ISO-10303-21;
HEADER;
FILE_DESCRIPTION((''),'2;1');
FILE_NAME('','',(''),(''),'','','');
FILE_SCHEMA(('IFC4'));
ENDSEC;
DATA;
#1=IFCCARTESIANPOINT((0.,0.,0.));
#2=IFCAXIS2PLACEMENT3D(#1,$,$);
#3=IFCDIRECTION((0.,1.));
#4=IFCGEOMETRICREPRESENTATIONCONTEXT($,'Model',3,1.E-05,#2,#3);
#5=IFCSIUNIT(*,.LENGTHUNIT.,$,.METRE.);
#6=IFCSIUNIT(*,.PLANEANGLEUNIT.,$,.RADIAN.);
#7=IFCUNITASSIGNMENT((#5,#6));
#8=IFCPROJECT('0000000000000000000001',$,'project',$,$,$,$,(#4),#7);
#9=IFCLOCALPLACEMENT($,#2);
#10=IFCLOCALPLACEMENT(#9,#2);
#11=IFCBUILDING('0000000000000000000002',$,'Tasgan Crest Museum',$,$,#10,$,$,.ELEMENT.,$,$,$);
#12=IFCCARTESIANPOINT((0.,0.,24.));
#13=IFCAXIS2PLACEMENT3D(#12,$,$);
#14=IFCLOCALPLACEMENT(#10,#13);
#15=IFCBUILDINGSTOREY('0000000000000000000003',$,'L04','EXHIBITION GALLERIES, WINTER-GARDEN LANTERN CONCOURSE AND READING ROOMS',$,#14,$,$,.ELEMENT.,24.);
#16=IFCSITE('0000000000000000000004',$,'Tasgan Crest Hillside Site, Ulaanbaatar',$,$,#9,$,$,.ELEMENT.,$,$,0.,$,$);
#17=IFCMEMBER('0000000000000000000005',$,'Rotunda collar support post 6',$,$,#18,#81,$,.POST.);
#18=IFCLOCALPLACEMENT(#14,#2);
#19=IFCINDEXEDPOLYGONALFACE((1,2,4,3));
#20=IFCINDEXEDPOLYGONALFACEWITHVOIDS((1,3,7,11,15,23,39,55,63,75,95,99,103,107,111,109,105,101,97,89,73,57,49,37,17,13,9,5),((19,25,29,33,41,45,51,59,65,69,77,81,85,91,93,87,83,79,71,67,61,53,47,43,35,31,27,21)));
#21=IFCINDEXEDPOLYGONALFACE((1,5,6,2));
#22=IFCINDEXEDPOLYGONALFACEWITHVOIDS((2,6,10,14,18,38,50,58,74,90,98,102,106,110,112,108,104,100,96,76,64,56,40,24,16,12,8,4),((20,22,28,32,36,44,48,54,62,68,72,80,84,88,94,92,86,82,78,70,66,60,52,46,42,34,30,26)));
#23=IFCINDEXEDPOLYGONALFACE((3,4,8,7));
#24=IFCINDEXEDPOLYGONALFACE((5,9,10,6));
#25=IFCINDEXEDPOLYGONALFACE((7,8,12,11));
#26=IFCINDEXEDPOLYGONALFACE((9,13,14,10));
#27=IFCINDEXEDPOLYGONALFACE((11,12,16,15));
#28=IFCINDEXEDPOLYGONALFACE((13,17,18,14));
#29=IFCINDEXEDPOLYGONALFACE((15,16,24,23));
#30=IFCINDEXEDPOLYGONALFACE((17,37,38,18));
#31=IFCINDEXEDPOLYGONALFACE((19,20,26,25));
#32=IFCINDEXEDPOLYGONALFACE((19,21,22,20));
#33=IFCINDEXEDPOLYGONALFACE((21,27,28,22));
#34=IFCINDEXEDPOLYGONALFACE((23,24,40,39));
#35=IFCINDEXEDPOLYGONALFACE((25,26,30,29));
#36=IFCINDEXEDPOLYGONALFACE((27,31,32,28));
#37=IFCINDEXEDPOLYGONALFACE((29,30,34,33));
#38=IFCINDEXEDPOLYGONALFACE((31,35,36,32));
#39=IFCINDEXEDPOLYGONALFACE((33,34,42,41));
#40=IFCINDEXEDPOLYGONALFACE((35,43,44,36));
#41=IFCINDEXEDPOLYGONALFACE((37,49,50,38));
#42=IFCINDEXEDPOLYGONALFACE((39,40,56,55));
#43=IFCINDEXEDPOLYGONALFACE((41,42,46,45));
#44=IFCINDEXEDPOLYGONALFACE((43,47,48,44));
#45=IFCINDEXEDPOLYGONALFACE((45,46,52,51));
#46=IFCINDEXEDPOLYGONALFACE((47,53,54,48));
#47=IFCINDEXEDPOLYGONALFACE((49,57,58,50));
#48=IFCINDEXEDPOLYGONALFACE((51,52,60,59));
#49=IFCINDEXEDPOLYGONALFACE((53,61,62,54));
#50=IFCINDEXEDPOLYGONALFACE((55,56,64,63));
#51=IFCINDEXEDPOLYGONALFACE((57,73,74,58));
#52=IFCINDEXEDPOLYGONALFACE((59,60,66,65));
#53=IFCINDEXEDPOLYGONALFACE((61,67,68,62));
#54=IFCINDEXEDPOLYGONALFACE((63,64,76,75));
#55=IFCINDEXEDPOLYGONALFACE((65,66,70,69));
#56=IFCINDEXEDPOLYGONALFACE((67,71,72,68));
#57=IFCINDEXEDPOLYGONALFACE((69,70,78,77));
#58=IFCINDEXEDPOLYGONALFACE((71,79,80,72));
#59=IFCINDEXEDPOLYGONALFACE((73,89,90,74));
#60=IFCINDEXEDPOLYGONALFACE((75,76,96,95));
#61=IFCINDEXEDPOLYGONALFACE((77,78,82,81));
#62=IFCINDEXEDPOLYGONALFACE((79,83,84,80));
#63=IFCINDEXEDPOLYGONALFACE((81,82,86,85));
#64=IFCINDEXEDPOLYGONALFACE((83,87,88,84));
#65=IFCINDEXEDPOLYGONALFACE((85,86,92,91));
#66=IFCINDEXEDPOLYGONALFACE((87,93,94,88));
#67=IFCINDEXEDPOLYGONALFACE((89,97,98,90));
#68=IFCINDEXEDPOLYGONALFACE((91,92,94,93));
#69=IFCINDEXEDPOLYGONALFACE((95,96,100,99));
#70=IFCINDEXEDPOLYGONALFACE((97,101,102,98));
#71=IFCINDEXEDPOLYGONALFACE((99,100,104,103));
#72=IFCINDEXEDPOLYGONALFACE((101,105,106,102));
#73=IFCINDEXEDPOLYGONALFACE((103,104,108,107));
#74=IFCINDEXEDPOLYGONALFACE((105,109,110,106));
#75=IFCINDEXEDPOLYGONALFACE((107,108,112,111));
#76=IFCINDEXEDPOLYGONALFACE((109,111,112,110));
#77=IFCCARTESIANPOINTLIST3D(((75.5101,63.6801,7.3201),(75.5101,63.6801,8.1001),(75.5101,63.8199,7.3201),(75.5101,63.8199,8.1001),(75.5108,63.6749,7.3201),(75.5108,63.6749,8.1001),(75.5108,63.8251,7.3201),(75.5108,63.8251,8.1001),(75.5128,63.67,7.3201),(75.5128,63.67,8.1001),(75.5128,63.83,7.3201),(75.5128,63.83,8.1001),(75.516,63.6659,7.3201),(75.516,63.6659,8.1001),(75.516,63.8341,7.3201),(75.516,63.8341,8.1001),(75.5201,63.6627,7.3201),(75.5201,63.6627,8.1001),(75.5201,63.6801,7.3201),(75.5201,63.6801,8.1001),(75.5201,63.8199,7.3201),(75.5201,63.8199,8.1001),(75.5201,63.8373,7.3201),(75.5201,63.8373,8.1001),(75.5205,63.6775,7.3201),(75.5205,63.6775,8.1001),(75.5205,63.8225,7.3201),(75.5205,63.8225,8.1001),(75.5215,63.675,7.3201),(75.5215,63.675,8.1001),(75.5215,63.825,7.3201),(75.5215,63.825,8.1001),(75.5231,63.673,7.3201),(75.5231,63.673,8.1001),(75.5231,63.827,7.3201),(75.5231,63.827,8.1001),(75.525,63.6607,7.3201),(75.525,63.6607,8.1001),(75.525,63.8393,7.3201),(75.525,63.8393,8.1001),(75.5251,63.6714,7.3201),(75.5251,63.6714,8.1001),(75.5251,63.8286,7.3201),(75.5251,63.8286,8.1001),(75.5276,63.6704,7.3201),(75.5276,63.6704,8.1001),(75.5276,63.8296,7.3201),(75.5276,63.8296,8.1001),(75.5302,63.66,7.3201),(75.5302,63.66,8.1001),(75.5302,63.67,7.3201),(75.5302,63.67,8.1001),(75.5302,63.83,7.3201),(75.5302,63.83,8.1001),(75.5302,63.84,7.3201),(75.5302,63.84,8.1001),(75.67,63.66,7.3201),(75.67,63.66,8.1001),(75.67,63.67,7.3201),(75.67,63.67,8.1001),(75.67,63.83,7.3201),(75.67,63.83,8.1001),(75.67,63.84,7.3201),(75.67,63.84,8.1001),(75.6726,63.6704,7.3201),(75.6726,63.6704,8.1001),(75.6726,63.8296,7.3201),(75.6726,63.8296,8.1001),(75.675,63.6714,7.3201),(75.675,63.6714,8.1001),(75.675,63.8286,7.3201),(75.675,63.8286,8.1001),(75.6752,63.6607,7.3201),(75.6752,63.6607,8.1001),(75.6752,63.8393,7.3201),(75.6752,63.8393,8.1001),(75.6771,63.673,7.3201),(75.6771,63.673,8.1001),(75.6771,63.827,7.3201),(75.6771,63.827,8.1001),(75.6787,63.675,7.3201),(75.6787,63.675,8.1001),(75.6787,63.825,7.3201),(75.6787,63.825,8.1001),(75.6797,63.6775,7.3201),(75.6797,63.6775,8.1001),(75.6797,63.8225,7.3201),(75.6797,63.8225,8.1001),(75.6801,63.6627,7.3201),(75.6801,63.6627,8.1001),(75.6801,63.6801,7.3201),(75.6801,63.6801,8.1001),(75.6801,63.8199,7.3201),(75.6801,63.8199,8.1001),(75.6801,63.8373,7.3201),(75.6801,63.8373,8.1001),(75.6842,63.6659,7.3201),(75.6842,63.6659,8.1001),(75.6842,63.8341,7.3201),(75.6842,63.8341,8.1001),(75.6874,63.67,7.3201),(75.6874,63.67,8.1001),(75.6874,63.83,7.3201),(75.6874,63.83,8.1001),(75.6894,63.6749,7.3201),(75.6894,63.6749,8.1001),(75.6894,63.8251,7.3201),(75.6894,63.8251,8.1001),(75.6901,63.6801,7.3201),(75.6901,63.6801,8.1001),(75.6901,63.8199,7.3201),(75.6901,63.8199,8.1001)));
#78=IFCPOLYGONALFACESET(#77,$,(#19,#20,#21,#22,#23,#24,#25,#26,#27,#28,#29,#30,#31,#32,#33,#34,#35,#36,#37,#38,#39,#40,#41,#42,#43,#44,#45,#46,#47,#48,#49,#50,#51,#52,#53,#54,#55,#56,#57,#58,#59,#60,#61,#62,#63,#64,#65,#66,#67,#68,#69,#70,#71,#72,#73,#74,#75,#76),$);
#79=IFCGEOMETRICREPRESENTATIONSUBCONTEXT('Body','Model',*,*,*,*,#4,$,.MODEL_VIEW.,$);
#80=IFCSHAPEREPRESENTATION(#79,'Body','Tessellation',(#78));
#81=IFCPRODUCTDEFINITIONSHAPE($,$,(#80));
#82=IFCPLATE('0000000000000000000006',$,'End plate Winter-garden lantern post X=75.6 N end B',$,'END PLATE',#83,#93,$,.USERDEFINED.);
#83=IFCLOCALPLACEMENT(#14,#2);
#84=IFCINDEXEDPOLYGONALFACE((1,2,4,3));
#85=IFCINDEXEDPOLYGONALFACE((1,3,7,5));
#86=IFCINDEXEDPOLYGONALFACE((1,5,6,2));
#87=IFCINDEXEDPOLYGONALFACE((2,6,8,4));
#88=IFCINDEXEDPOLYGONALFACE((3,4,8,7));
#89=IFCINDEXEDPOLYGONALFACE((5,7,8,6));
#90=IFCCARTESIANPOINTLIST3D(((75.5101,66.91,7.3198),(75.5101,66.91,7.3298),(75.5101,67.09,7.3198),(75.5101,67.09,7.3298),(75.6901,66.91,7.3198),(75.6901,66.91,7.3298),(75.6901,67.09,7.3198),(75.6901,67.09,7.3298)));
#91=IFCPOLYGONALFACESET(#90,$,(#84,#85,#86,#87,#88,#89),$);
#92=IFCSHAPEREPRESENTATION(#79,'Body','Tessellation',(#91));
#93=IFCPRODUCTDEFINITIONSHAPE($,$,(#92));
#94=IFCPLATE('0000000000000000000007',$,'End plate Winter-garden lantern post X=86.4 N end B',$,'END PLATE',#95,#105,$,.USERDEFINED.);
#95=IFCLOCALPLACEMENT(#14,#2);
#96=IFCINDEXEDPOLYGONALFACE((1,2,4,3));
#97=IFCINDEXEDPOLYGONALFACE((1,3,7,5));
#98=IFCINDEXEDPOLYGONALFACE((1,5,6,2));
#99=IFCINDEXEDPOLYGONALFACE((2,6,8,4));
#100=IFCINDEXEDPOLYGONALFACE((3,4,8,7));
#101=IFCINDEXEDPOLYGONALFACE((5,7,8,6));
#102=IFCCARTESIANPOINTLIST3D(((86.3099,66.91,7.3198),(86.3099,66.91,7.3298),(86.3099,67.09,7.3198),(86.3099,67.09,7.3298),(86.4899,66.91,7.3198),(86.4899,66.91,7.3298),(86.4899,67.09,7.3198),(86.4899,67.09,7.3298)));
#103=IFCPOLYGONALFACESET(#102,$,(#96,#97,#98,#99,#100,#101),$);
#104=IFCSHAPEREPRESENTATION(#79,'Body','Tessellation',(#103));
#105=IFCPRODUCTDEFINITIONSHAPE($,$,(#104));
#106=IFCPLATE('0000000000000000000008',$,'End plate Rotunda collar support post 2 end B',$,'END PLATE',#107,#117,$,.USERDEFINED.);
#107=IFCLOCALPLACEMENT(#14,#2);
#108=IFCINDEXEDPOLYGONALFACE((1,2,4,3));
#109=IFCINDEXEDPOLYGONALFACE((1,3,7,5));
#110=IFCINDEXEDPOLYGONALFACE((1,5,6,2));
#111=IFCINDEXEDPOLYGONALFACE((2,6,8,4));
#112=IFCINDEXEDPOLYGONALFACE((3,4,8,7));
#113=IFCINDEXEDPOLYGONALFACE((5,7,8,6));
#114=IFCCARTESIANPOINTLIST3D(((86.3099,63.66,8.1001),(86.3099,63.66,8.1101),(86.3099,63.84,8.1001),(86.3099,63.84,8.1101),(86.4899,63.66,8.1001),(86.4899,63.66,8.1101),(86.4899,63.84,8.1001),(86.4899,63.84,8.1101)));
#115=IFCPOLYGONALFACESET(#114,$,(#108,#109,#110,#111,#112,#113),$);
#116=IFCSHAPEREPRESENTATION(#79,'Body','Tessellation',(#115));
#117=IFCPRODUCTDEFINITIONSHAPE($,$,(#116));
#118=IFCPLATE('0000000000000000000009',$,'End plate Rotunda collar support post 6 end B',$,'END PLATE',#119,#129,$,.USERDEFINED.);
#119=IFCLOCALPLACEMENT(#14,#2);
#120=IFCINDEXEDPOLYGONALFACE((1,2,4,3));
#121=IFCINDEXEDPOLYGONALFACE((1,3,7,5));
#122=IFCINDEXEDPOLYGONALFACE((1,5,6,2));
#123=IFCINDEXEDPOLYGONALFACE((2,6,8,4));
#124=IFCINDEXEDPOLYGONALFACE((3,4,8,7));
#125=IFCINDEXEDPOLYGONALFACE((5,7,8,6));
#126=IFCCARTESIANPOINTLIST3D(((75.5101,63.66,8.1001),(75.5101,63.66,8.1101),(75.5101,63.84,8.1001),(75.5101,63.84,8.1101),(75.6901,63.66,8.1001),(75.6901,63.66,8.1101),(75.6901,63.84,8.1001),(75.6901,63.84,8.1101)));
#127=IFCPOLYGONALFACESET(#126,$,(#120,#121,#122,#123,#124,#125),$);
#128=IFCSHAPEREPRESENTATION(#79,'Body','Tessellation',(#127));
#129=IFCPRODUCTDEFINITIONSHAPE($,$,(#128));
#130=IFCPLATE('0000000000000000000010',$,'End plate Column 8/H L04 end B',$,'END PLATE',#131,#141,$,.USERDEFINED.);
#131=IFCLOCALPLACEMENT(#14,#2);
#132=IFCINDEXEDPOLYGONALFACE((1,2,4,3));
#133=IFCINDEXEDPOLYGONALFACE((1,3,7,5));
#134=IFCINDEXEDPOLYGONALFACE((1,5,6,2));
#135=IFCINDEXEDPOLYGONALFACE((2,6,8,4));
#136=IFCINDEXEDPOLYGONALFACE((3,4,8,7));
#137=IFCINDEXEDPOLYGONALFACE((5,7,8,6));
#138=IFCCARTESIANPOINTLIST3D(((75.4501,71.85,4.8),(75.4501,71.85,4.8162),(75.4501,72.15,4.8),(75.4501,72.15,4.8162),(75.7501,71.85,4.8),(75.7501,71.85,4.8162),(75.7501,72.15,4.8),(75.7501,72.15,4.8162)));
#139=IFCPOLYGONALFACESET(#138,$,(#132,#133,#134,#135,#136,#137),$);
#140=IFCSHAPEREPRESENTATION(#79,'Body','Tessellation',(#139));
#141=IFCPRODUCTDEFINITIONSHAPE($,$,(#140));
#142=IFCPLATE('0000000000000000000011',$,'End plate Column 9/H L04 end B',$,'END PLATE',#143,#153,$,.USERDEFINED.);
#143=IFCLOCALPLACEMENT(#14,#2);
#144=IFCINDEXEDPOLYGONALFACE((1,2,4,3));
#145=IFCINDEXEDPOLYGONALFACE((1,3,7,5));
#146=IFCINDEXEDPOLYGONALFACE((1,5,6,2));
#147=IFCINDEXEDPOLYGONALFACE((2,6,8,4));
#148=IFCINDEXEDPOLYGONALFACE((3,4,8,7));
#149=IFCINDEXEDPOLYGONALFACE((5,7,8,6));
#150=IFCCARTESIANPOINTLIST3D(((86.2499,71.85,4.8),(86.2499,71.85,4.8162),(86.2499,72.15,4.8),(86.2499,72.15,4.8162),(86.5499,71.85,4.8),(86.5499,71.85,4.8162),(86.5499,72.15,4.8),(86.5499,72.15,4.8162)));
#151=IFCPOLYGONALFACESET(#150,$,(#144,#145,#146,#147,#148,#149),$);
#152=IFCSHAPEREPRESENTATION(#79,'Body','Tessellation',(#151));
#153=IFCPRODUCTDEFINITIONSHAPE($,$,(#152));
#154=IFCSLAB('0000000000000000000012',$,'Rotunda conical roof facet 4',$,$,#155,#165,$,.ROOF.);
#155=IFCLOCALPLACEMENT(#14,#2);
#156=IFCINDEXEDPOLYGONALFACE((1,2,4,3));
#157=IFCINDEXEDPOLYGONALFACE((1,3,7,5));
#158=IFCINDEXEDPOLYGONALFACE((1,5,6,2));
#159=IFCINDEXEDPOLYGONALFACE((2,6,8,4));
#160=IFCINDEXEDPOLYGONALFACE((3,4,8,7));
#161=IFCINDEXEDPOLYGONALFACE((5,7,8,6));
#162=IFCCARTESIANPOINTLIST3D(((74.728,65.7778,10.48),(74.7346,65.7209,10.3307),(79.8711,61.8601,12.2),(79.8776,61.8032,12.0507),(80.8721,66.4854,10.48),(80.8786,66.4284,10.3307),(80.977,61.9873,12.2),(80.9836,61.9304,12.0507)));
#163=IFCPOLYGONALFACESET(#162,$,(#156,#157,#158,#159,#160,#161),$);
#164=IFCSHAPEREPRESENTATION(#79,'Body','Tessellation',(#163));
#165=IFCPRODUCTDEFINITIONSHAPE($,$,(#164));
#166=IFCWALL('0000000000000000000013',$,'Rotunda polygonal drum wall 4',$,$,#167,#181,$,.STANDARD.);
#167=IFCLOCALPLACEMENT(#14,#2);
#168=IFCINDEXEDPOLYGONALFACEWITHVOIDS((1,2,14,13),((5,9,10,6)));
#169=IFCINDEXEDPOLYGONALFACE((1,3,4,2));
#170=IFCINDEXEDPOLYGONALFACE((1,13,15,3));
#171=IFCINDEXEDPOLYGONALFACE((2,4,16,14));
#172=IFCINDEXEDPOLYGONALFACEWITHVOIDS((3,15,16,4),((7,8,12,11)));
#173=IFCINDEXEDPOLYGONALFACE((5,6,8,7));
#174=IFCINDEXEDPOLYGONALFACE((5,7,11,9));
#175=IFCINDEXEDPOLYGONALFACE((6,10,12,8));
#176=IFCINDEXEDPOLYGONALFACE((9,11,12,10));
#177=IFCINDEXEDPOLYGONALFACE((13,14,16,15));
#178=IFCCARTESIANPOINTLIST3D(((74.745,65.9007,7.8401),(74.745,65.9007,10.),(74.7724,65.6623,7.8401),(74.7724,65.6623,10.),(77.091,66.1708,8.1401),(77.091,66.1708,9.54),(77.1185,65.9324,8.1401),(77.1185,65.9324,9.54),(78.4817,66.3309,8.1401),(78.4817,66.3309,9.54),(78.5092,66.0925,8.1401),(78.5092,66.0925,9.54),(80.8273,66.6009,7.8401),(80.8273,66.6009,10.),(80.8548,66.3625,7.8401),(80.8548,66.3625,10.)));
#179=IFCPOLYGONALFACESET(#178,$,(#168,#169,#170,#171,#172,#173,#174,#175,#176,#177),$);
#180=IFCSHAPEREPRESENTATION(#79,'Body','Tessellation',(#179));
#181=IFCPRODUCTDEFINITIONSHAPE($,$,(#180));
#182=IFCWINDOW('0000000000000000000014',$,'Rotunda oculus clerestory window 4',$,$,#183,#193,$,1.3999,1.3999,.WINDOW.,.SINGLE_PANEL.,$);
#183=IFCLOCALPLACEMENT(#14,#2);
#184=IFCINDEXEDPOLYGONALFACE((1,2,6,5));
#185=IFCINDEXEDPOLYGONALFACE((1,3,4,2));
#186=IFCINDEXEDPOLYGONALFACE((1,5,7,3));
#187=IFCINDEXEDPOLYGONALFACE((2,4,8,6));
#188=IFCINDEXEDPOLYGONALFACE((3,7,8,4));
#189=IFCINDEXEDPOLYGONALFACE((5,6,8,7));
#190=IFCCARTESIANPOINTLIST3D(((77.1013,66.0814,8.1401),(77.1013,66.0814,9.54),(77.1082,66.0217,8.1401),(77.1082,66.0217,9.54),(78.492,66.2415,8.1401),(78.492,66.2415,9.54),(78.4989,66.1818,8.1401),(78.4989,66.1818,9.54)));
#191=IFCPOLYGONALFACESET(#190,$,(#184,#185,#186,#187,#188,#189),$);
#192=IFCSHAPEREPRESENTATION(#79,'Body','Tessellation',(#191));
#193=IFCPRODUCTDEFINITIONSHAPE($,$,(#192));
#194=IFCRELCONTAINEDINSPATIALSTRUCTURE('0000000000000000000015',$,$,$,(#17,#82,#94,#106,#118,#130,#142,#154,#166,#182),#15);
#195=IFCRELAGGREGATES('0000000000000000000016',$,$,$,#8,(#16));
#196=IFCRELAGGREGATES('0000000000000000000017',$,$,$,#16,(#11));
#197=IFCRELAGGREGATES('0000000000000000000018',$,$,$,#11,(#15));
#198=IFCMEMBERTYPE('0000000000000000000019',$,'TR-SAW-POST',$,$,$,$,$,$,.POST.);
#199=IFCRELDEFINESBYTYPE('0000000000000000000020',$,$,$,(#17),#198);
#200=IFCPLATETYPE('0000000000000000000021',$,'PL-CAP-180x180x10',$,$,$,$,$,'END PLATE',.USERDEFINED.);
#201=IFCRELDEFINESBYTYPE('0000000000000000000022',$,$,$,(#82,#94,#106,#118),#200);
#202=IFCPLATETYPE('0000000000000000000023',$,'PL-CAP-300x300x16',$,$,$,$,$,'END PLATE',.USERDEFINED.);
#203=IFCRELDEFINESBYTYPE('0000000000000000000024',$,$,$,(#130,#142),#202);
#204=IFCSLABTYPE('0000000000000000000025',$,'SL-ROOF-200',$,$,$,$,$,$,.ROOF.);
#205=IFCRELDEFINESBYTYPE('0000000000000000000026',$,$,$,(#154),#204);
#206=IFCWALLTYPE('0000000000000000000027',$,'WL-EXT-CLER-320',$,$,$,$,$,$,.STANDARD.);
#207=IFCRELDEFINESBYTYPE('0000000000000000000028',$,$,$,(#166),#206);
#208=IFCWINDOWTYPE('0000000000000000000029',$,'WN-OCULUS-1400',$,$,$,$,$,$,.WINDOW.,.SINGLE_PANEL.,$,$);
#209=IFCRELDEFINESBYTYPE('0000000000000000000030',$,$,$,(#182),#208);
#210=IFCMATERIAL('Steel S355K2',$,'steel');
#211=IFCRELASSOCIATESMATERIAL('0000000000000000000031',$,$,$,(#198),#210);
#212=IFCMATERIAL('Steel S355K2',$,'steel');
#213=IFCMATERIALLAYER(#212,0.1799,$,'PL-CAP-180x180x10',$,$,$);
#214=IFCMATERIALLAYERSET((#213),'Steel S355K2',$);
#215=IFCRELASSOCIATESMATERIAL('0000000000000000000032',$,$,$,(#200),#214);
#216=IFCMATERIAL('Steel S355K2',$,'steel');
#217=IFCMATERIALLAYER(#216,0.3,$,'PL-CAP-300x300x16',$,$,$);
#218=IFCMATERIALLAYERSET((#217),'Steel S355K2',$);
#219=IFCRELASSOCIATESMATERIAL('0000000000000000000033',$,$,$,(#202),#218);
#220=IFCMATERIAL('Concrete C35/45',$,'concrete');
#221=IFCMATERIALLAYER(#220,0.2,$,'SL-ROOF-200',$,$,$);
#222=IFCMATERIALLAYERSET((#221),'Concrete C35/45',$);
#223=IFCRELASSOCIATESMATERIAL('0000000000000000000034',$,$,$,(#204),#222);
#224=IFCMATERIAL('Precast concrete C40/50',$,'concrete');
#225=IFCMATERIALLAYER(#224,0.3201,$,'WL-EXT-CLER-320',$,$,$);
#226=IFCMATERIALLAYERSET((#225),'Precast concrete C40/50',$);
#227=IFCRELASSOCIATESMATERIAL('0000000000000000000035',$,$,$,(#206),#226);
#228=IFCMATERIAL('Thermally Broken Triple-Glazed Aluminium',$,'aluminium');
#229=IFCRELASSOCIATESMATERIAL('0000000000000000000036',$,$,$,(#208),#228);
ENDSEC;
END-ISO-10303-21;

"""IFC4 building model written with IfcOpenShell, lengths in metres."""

from ifc_helpers import new_model, si_unit, direction, frame, frame_2d, origin, origin_2d, place, context, subcontext, project, spatial, polyline, rectangle, hollow_rectangle, outline, extrude, material, layer, layer_set, material_profile, profile_set, type_object, element, fill, save


model = new_model("IFC4")

# Units and contexts
model_context = context("Model", 3, precision=1e-05, world=origin(), true_north=direction((0.0, 1.0)))
body_context = subcontext(model_context, "Body", "Model", "MODEL_VIEW")
ifc_project = project(units=[si_unit("LENGTHUNIT", "METRE"), si_unit("PLANEANGLEUNIT", "RADIAN")], contexts=[model_context])

# Site, building, storey
site_placement = place(None, origin())
site = spatial("IfcSite", under=ifc_project, at=site_placement, Name="Tasgan Crest Hillside Site, Ulaanbaatar", CompositionType="ELEMENT", RefElevation=0.0)
building_placement = place(site_placement, origin())
building = spatial("IfcBuilding", under=site, at=building_placement, Name="Tasgan Crest Museum", CompositionType="ELEMENT")
storey_placement = place(building_placement, frame((0.0, 0.0, 24.0)))
storey = spatial("IfcBuildingStorey", under=building, at=storey_placement, Name="L04", Description="EXHIBITION GALLERIES, WINTER-GARDEN LANTERN CONCOURSE AND READING ROOMS", CompositionType="ELEMENT", Elevation=24.0)

# Member
ifc_material_1 = material(Name="Steel S355K2", Category="steel")
ifc_material_profile_1 = material_profile(ifc_material_1, hollow_rectangle(XDim=0.1799, YDim=0.1799, WallThickness=0.01, InnerFilletRadius=0.01, OuterFilletRadius=0.02, at=origin_2d()), Name="SHS 180x180x10")
ifc_profile_set_1 = profile_set([ifc_material_profile_1], Name="Steel S355K2")
member_type_1 = type_object("IfcMemberType", Name="TR-SAW-POST", PredefinedType="POST", material=ifc_profile_set_1)
for number, where, z_axis, x_axis, name in (
    (1, (75.6001, 63.75, 7.3201), (0.0, 0.0, 1.0), (1.0, 0.0, 0.0), "Rotunda collar support post 6"),
):
    element("IfcMember", number, at=place(storey_placement, frame(where, z_axis=z_axis, x_axis=x_axis)), inside=storey, type_object=member_type_1, Name=name, PredefinedType="POST", context=body_context, shape_type="SweptSolid", body=[
        extrude(hollow_rectangle(XDim=0.1799, YDim=0.1799, WallThickness=0.01, InnerFilletRadius=0.01, OuterFilletRadius=0.02, at=origin_2d()), origin(), (0.0, 0.0, 1.0), 0.78),
    ])

# Plates
ifc_material_2 = material(Name="Steel S355K2", Category="steel")
ifc_layer_1 = layer(ifc_material_2, 0.1799, Name="PL-CAP-180x180x10")
ifc_layer_set_1 = layer_set([ifc_layer_1], Name="Steel S355K2")
plate_type_1 = type_object("IfcPlateType", Name="PL-CAP-180x180x10", ElementType="END PLATE", PredefinedType="USERDEFINED", material=ifc_layer_set_1)
for number, where, z_axis, x_axis, name in (
    (2, (75.6001, 67.0, 7.3198), (0.0, 0.0, 1.0), (1.0, 0.0, 0.0), "End plate Winter-garden lantern post X=75.6 N end B"),
    (3, (86.3999, 67.0, 7.3198), (0.0, 0.0, 1.0), (1.0, 0.0, 0.0), "End plate Winter-garden lantern post X=86.4 N end B"),
    (4, (86.3999, 63.75, 8.1001), (0.0, 0.0, 1.0), (1.0, 0.0, 0.0), "End plate Rotunda collar support post 2 end B"),
    (5, (75.6001, 63.75, 8.1001), (0.0, 0.0, 1.0), (1.0, 0.0, 0.0), "End plate Rotunda collar support post 6 end B"),
):
    element("IfcPlate", number, at=place(storey_placement, frame(where, z_axis=z_axis, x_axis=x_axis)), inside=storey, type_object=plate_type_1, Name=name, ObjectType="END PLATE", PredefinedType="USERDEFINED", context=body_context, shape_type="SweptSolid", body=[
        extrude(rectangle(XDim=0.1799, YDim=0.1799, at=origin_2d()), origin(), (0.0, 0.0, 1.0), 0.01),
    ])
ifc_material_3 = material(Name="Steel S355K2", Category="steel")
ifc_layer_2 = layer(ifc_material_3, 0.3, Name="PL-CAP-300x300x16")
ifc_layer_set_2 = layer_set([ifc_layer_2], Name="Steel S355K2")
plate_type_2 = type_object("IfcPlateType", Name="PL-CAP-300x300x16", ElementType="END PLATE", PredefinedType="USERDEFINED", material=ifc_layer_set_2)
for number, where, z_axis, x_axis, name in (
    (6, (75.6001, 72.0, 4.8), (0.0, 0.0, 1.0), (1.0, 0.0, 0.0), "End plate Column 8/H L04 end B"),
    (7, (86.3999, 72.0, 4.8), (0.0, 0.0, 1.0), (1.0, 0.0, 0.0), "End plate Column 9/H L04 end B"),
):
    element("IfcPlate", number, at=place(storey_placement, frame(where, z_axis=z_axis, x_axis=x_axis)), inside=storey, type_object=plate_type_2, Name=name, ObjectType="END PLATE", PredefinedType="USERDEFINED", context=body_context, shape_type="SweptSolid", body=[
        extrude(rectangle(XDim=0.3, YDim=0.3, at=origin_2d()), origin(), (0.0, 0.0, 1.0), 0.0161),
    ])

# Slab
ifc_material_4 = material(Name="Concrete C35/45", Category="concrete")
ifc_layer_3 = layer(ifc_material_4, 0.2, Name="SL-ROOF-200")
ifc_layer_set_3 = layer_set([ifc_layer_3], Name="Concrete C35/45")
slab_type = type_object("IfcSlabType", Name="SL-ROOF-200", PredefinedType="ROOF", material=ifc_layer_set_3)
slab_placement = place(storey_placement, frame((80.8721, 66.4854, 10.48), z_axis=(-0.040992, 0.356035, 0.933573), x_axis=(-0.993435, -0.114397, 0.000007)))
element("IfcSlab", 8, at=slab_placement, inside=storey, type_object=slab_type, Name="Rotunda conical roof facet 4", PredefinedType="ROOF", context=body_context, shape_type="SweptSolid", body=[
    extrude(outline(polyline([(0.0, 0.0), (6.1846, 0.0), (1.5235, 4.7992), (0.4103, 4.7993), (0.0, 0.0)])), origin(), (0.0, 0.0, -1.0), 0.1599),
])

# Wall, opening, window
ifc_material_5 = material(Name="Precast concrete C40/50", Category="concrete")
ifc_layer_4 = layer(ifc_material_5, 0.3201, Name="WL-EXT-CLER-320")
ifc_layer_set_4 = layer_set([ifc_layer_4], Name="Precast concrete C40/50")
wall_type = type_object("IfcWallType", Name="WL-EXT-CLER-320", PredefinedType="STANDARD", material=ifc_layer_set_4)
wall_placement = place(storey_placement, frame((80.8411, 66.4817, 7.8401), z_axis=(0.0, 0.0, 1.0), x_axis=(-0.993439, -0.114365, 0.0)))
wall = element("IfcWall", 9, at=wall_placement, inside=storey, type_object=wall_type, Name="Rotunda polygonal drum wall 4", PredefinedType="STANDARD", context=body_context, shape_type="SweptSolid", body=[
    extrude(rectangle(XDim=6.1226, YDim=0.24, at=frame_2d((3.0613, 0.0))), origin(), (0.0, 0.0, 1.0), 2.1599),
])
opening_placement = place(wall_placement, frame((2.3611, 0.0, 0.3)))
opening = element("IfcOpeningElement", 10, at=opening_placement, cuts=wall, PredefinedType="OPENING", context=body_context, shape_type="SweptSolid", body=[
    extrude(rectangle(XDim=1.3999, YDim=1.3999, at=frame_2d((0.7, 0.7))), frame((0.0, 0.1299, 0.0), z_axis=(0.0, -1.0, 0.0), x_axis=(1.0, 0.0, 0.0)), (0.0, 0.0, 1.0), 0.26),
])
ifc_material_6 = material(Name="Thermally Broken Triple-Glazed Aluminium", Category="aluminium")
window_type = type_object("IfcWindowType", Name="WN-OCULUS-1400", PartitioningType="SINGLE_PANEL", PredefinedType="WINDOW", material=ifc_material_6)
window_placement = place(opening_placement, origin())
window = element("IfcWindow", 11, at=window_placement, inside=storey, type_object=window_type, Name="Rotunda oculus clerestory window 4", OverallHeight=1.3999, OverallWidth=1.3999, PartitioningType="SINGLE_PANEL", PredefinedType="WINDOW", context=body_context, shape_type="SweptSolid", body=[
    extrude(rectangle(XDim=1.3999, YDim=1.3999, at=frame_2d((0.7, 0.7))), frame((0.0, 0.03, 0.0), z_axis=(0.0, -1.0, 0.0), x_axis=(1.0, 0.0, 0.0)), (0.0, 0.0, 1.0), 0.0601),
])
fill(opening, window)

save(model, "model.ifc")
